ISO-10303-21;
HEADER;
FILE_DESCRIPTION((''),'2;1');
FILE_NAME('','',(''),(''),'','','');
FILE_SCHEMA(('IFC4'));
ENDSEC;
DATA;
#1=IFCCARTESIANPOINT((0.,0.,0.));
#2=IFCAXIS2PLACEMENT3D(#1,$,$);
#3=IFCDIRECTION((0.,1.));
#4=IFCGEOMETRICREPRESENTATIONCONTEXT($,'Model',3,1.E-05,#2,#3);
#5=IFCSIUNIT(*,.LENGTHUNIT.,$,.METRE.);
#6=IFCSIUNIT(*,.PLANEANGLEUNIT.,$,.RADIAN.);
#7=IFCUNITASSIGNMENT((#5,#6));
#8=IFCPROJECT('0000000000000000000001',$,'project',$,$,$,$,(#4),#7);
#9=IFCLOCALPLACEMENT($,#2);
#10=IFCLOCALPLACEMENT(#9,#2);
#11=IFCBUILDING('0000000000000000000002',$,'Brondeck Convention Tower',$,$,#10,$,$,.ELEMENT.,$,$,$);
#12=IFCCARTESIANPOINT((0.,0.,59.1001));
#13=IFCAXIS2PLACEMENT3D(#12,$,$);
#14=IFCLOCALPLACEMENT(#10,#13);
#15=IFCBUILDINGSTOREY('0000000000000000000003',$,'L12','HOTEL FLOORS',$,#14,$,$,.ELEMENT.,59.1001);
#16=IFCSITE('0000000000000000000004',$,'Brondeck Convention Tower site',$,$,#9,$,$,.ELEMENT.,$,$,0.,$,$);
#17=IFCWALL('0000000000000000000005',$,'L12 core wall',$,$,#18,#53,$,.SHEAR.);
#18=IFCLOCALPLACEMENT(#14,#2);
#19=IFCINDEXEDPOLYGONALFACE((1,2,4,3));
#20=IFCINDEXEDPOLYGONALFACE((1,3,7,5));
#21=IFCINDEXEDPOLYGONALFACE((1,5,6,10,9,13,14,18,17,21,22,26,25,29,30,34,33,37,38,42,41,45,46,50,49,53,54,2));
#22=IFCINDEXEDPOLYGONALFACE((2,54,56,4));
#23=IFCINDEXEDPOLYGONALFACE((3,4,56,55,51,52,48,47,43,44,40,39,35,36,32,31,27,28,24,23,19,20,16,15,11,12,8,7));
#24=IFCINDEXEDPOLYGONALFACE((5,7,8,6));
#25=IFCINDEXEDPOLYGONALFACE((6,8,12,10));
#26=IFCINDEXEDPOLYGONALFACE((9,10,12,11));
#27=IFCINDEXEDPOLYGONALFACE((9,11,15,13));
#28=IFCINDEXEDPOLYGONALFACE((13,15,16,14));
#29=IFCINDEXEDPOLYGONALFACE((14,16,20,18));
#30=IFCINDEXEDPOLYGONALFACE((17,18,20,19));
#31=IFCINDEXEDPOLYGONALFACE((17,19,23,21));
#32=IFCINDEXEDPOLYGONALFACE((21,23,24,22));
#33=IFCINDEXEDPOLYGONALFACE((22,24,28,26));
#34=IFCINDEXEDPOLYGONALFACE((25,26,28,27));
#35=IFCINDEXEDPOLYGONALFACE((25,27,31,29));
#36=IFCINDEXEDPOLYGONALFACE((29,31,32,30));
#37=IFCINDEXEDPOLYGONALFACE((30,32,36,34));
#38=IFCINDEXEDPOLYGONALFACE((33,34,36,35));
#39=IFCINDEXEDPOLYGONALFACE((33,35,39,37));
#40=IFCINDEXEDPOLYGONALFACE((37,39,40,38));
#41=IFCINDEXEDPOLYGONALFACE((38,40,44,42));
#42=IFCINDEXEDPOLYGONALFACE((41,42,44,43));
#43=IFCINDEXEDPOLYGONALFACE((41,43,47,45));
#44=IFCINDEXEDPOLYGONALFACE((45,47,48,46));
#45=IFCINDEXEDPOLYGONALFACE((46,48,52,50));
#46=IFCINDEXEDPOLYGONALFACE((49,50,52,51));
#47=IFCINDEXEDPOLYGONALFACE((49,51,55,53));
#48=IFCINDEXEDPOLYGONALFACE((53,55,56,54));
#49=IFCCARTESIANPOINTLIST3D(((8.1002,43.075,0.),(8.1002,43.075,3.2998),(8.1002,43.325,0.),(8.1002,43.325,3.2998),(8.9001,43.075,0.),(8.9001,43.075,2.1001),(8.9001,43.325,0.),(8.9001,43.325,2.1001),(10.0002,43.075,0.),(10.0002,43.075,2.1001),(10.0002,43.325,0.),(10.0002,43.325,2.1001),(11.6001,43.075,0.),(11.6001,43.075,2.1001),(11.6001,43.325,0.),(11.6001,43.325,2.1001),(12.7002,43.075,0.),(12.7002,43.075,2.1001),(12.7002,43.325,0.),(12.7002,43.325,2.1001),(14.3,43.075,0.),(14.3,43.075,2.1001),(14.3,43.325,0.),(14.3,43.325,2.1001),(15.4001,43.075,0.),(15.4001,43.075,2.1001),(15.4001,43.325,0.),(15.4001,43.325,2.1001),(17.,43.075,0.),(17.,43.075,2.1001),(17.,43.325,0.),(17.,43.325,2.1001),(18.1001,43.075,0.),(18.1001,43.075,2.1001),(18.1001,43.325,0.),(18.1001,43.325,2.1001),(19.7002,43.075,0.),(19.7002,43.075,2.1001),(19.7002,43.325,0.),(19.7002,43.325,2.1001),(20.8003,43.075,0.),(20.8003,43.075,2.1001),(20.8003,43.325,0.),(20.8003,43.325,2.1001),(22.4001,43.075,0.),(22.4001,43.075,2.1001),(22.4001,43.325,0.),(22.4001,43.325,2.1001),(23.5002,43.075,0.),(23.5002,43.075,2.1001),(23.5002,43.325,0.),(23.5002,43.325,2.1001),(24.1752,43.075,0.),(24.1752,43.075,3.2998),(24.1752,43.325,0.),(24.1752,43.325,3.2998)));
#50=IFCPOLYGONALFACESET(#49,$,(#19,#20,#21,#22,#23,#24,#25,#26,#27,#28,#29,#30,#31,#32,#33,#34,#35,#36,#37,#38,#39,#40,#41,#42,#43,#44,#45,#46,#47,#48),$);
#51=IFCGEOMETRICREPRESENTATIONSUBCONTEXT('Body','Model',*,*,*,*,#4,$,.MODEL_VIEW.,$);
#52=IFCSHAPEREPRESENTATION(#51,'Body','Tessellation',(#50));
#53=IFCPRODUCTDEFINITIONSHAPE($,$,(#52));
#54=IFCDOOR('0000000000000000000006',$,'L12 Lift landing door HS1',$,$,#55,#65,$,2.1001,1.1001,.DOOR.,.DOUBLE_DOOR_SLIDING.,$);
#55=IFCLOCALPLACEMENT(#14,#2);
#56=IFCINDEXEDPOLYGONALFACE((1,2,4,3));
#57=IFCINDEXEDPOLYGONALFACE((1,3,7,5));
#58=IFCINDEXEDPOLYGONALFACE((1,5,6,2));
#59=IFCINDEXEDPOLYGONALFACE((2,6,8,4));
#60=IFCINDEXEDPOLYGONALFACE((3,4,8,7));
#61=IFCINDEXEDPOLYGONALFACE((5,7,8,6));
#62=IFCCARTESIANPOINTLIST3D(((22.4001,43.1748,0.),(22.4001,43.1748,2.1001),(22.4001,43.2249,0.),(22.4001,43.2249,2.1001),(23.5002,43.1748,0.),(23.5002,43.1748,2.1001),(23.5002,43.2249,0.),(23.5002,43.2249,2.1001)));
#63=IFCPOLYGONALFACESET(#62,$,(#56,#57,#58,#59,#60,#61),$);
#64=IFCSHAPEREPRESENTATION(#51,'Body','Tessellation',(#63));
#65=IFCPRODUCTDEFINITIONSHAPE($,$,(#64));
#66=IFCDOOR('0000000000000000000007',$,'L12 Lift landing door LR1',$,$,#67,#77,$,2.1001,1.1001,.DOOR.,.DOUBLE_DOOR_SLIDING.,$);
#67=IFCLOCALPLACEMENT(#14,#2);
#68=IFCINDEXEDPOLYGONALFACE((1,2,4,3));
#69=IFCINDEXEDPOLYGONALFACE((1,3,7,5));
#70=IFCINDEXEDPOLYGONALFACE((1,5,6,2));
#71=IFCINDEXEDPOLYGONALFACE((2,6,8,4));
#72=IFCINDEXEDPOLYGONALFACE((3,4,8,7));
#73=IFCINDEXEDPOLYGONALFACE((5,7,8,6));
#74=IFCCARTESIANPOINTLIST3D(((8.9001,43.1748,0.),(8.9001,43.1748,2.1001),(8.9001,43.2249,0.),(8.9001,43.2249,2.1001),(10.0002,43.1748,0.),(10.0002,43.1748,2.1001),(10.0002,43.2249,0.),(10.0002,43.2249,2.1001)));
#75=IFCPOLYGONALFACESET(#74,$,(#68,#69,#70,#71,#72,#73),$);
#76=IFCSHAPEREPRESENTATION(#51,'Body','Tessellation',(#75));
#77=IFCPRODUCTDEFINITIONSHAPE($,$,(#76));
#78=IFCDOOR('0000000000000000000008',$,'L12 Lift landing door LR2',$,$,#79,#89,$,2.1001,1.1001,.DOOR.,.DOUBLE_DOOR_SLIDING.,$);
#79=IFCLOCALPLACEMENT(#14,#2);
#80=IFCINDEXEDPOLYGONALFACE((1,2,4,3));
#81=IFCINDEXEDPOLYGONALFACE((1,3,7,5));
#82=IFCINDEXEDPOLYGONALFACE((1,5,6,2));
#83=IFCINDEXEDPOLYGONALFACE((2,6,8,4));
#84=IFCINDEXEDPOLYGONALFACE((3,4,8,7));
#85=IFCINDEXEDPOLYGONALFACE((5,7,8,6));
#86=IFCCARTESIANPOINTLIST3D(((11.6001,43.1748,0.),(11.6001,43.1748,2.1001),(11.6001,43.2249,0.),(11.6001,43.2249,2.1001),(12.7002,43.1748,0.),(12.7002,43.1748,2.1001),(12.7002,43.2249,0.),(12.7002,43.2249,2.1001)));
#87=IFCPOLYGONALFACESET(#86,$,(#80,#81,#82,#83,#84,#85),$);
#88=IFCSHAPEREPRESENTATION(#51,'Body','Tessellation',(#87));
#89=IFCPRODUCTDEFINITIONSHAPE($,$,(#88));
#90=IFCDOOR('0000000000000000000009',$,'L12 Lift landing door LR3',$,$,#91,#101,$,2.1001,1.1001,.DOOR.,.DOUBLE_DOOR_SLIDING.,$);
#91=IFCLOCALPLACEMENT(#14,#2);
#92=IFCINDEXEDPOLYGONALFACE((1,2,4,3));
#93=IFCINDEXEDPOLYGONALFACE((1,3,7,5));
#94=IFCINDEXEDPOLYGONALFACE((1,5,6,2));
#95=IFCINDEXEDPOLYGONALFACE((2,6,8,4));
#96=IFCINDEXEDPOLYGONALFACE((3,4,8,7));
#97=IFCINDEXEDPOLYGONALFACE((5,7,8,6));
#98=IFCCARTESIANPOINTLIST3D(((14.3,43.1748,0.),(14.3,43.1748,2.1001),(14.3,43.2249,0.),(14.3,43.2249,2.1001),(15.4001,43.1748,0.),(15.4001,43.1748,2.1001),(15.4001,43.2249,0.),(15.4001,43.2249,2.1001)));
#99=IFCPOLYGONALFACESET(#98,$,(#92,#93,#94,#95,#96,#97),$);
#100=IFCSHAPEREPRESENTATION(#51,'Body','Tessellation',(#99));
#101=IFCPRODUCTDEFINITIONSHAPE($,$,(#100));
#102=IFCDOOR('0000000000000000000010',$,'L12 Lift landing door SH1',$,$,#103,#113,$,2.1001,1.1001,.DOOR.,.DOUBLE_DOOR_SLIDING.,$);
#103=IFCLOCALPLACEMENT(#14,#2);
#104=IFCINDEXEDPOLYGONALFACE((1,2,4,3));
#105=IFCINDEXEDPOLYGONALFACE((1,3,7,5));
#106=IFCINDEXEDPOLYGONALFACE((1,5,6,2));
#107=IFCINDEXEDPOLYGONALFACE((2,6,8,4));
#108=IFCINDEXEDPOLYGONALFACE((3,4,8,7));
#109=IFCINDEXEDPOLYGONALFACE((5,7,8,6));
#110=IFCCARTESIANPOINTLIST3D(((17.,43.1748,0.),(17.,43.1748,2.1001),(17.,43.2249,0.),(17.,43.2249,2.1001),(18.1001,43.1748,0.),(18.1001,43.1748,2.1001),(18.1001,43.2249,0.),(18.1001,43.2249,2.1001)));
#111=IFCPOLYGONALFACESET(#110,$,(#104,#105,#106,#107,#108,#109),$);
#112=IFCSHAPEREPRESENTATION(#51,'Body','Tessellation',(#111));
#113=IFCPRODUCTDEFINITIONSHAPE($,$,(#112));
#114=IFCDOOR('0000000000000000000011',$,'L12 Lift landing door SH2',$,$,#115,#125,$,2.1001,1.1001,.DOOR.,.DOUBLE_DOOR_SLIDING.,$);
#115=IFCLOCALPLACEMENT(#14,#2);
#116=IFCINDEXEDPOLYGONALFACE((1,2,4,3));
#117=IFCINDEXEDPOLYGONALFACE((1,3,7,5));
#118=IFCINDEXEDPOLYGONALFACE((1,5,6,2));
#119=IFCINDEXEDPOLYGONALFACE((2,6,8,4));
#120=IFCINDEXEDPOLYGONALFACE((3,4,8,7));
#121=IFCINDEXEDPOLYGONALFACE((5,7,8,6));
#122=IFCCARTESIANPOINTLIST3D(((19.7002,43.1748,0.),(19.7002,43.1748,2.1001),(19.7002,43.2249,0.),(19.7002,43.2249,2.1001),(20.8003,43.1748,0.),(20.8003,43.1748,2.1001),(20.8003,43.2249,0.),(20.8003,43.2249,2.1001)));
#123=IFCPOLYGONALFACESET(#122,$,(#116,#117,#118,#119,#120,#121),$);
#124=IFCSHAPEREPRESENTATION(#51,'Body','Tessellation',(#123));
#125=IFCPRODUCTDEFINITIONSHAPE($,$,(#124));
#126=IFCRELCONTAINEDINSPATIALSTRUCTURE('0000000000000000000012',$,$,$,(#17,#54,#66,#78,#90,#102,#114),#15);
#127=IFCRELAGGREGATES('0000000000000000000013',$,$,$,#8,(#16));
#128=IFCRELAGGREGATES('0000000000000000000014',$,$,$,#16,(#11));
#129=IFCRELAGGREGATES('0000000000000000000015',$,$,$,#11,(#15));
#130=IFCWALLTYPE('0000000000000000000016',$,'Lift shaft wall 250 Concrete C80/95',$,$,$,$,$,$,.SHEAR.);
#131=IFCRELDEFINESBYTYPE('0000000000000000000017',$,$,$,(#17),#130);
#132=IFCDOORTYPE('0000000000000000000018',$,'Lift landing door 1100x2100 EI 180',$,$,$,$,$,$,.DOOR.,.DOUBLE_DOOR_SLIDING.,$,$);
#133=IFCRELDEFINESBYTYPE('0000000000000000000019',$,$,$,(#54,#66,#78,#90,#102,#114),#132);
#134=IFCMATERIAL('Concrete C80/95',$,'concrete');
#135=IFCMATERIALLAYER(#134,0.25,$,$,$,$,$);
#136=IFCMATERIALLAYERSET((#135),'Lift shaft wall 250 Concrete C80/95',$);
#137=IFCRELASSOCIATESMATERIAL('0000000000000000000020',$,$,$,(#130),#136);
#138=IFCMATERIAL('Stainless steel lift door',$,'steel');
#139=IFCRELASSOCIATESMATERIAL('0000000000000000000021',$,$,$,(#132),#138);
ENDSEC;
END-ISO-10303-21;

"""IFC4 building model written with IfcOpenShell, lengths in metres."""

from ifc_helpers import new_model, si_unit, direction, frame, frame_2d, origin, place, context, subcontext, project, spatial, rectangle, extrude, material, layer, layer_set, type_object, element, fill, save


model = new_model("IFC4")

# Units and contexts
model_context = context("Model", 3, precision=1e-05, world=origin(), true_north=direction((0.0, 1.0)))
body_context = subcontext(model_context, "Body", "Model", "MODEL_VIEW")
ifc_project = project(units=[si_unit("LENGTHUNIT", "METRE"), si_unit("PLANEANGLEUNIT", "RADIAN")], contexts=[model_context])

# Site, building, storey
site_placement = place(None, origin())
site = spatial("IfcSite", under=ifc_project, at=site_placement, Name="Brondeck Convention Tower site", CompositionType="ELEMENT", RefElevation=0.0)
building_placement = place(site_placement, origin())
building = spatial("IfcBuilding", under=site, at=building_placement, Name="Brondeck Convention Tower", CompositionType="ELEMENT")
storey_placement = place(building_placement, frame((0.0, 0.0, 59.1001)))
storey = spatial("IfcBuildingStorey", under=building, at=storey_placement, Name="L12", Description="HOTEL FLOORS", CompositionType="ELEMENT", Elevation=59.1001)

# Shared definitions
ifc_material_1 = material(Name="Concrete C80/95", Category="concrete")

# Wall, openings, doors
ifc_layer_1 = layer(ifc_material_1, 0.25)
ifc_layer_set_1 = layer_set([ifc_layer_1], Name="Lift shaft wall 250 Concrete C80/95")
wall_type_1 = type_object("IfcWallType", Name="Lift shaft wall 250 Concrete C80/95", PredefinedType="SHEAR", material=ifc_layer_set_1)
wall_1_placement = place(storey_placement, frame((8.1001, 43.2, 0.0), z_axis=(0.0, 0.0, 1.0), x_axis=(1.0, 0.0, 0.0)))
wall_1 = element("IfcWall", 1, at=wall_1_placement, inside=storey, type_object=wall_type_1, Name="L12 core wall", PredefinedType="SHEAR", context=body_context, shape_type="SweptSolid", body=[
    extrude(rectangle(XDim=16.075, YDim=0.25, at=frame_2d((8.0376, 0.0))), origin(), (0.0, 0.0, 1.0), 3.2998),
])
opening_1_placement = place(wall_1_placement, frame((14.3, 0.0, 0.0)))
opening_1 = element("IfcOpeningElement", 2, at=opening_1_placement, cuts=wall_1, PredefinedType="OPENING", context=body_context, shape_type="SweptSolid", body=[
    extrude(rectangle(XDim=1.1001, YDim=2.1001, at=frame_2d((0.55, 1.05))), frame((0.0, 0.135, 0.0), z_axis=(0.0, -1.0, 0.0), x_axis=(1.0, 0.0, 0.0)), (0.0, 0.0, 1.0), 0.27),
])
opening_2_placement = place(wall_1_placement, frame((0.8, 0.0, 0.0)))
opening_2 = element("IfcOpeningElement", 3, at=opening_2_placement, cuts=wall_1, PredefinedType="OPENING", context=body_context, shape_type="SweptSolid", body=[
    extrude(rectangle(XDim=1.1001, YDim=2.1001, at=frame_2d((0.55, 1.05))), frame((0.0, 0.135, 0.0), z_axis=(0.0, -1.0, 0.0), x_axis=(1.0, 0.0, 0.0)), (0.0, 0.0, 1.0), 0.27),
])
opening_3_placement = place(wall_1_placement, frame((3.5, 0.0, 0.0)))
opening_3 = element("IfcOpeningElement", 4, at=opening_3_placement, cuts=wall_1, PredefinedType="OPENING", context=body_context, shape_type="SweptSolid", body=[
    extrude(rectangle(XDim=1.1001, YDim=2.1001, at=frame_2d((0.55, 1.05))), frame((0.0, 0.135, 0.0), z_axis=(0.0, -1.0, 0.0), x_axis=(1.0, 0.0, 0.0)), (0.0, 0.0, 1.0), 0.27),
])
opening_4_placement = place(wall_1_placement, frame((6.2, 0.0, 0.0)))
opening_4 = element("IfcOpeningElement", 5, at=opening_4_placement, cuts=wall_1, PredefinedType="OPENING", context=body_context, shape_type="SweptSolid", body=[
    extrude(rectangle(XDim=1.1001, YDim=2.1001, at=frame_2d((0.55, 1.05))), frame((0.0, 0.135, 0.0), z_axis=(0.0, -1.0, 0.0), x_axis=(1.0, 0.0, 0.0)), (0.0, 0.0, 1.0), 0.27),
])
opening_5_placement = place(wall_1_placement, frame((8.8999, 0.0, 0.0)))
opening_5 = element("IfcOpeningElement", 6, at=opening_5_placement, cuts=wall_1, PredefinedType="OPENING", context=body_context, shape_type="SweptSolid", body=[
    extrude(rectangle(XDim=1.1001, YDim=2.1001, at=frame_2d((0.55, 1.05))), frame((0.0, 0.135, 0.0), z_axis=(0.0, -1.0, 0.0), x_axis=(1.0, 0.0, 0.0)), (0.0, 0.0, 1.0), 0.27),
])
opening_6_placement = place(wall_1_placement, frame((11.6001, 0.0, 0.0)))
opening_6 = element("IfcOpeningElement", 7, at=opening_6_placement, cuts=wall_1, PredefinedType="OPENING", context=body_context, shape_type="SweptSolid", body=[
    extrude(rectangle(XDim=1.1001, YDim=2.1001, at=frame_2d((0.55, 1.05))), frame((0.0, 0.135, 0.0), z_axis=(0.0, -1.0, 0.0), x_axis=(1.0, 0.0, 0.0)), (0.0, 0.0, 1.0), 0.27),
])
ifc_material_2 = material(Name="Stainless steel lift door", Category="steel")
door_type_1 = type_object("IfcDoorType", Name="Lift landing door 1100x2100 EI 180", OperationType="DOUBLE_DOOR_SLIDING", PredefinedType="DOOR", material=ifc_material_2)
door_1_placement = place(opening_1_placement, origin())
door_1 = element("IfcDoor", 8, at=door_1_placement, inside=storey, type_object=door_type_1, Name="L12 Lift landing door HS1", OperationType="DOUBLE_DOOR_SLIDING", OverallHeight=2.1001, OverallWidth=1.1001, PredefinedType="DOOR", context=body_context, shape_type="SweptSolid", body=[
    extrude(rectangle(XDim=1.1001, YDim=2.1001, at=frame_2d((0.55, 1.05))), frame((0.0, 0.0249, 0.0), z_axis=(0.0, -1.0, 0.0), x_axis=(1.0, 0.0, 0.0)), (0.0, 0.0, 1.0), 0.05),
])
fill(opening_1, door_1)
door_2_placement = place(opening_2_placement, origin())
door_2 = element("IfcDoor", 9, at=door_2_placement, inside=storey, type_object=door_type_1, Name="L12 Lift landing door LR1", OperationType="DOUBLE_DOOR_SLIDING", OverallHeight=2.1001, OverallWidth=1.1001, PredefinedType="DOOR", context=body_context, shape_type="SweptSolid", body=[
    extrude(rectangle(XDim=1.1001, YDim=2.1001, at=frame_2d((0.55, 1.05))), frame((0.0, 0.0249, 0.0), z_axis=(0.0, -1.0, 0.0), x_axis=(1.0, 0.0, 0.0)), (0.0, 0.0, 1.0), 0.05),
])
fill(opening_2, door_2)
door_3_placement = place(opening_3_placement, origin())
door_3 = element("IfcDoor", 10, at=door_3_placement, inside=storey, type_object=door_type_1, Name="L12 Lift landing door LR2", OperationType="DOUBLE_DOOR_SLIDING", OverallHeight=2.1001, OverallWidth=1.1001, PredefinedType="DOOR", context=body_context, shape_type="SweptSolid", body=[
    extrude(rectangle(XDim=1.1001, YDim=2.1001, at=frame_2d((0.55, 1.05))), frame((0.0, 0.0249, 0.0), z_axis=(0.0, -1.0, 0.0), x_axis=(1.0, 0.0, 0.0)), (0.0, 0.0, 1.0), 0.05),
])
fill(opening_3, door_3)
door_4_placement = place(opening_4_placement, origin())
door_4 = element("IfcDoor", 11, at=door_4_placement, inside=storey, type_object=door_type_1, Name="L12 Lift landing door LR3", OperationType="DOUBLE_DOOR_SLIDING", OverallHeight=2.1001, OverallWidth=1.1001, PredefinedType="DOOR", context=body_context, shape_type="SweptSolid", body=[
    extrude(rectangle(XDim=1.1001, YDim=2.1001, at=frame_2d((0.55, 1.05))), frame((0.0, 0.0249, 0.0), z_axis=(0.0, -1.0, 0.0), x_axis=(1.0, 0.0, 0.0)), (0.0, 0.0, 1.0), 0.05),
])
fill(opening_4, door_4)
door_5_placement = place(opening_5_placement, origin())
door_5 = element("IfcDoor", 12, at=door_5_placement, inside=storey, type_object=door_type_1, Name="L12 Lift landing door SH1", OperationType="DOUBLE_DOOR_SLIDING", OverallHeight=2.1001, OverallWidth=1.1001, PredefinedType="DOOR", context=body_context, shape_type="SweptSolid", body=[
    extrude(rectangle(XDim=1.1001, YDim=2.1001, at=frame_2d((0.55, 1.05))), frame((0.0, 0.0249, 0.0), z_axis=(0.0, -1.0, 0.0), x_axis=(1.0, 0.0, 0.0)), (0.0, 0.0, 1.0), 0.05),
])
fill(opening_5, door_5)
door_6_placement = place(opening_6_placement, origin())
door_6 = element("IfcDoor", 13, at=door_6_placement, inside=storey, type_object=door_type_1, Name="L12 Lift landing door SH2", OperationType="DOUBLE_DOOR_SLIDING", OverallHeight=2.1001, OverallWidth=1.1001, PredefinedType="DOOR", context=body_context, shape_type="SweptSolid", body=[
    extrude(rectangle(XDim=1.1001, YDim=2.1001, at=frame_2d((0.55, 1.05))), frame((0.0, 0.0249, 0.0), z_axis=(0.0, -1.0, 0.0), x_axis=(1.0, 0.0, 0.0)), (0.0, 0.0, 1.0), 0.05),
])
fill(opening_6, door_6)

save(model, "model.ifc")
